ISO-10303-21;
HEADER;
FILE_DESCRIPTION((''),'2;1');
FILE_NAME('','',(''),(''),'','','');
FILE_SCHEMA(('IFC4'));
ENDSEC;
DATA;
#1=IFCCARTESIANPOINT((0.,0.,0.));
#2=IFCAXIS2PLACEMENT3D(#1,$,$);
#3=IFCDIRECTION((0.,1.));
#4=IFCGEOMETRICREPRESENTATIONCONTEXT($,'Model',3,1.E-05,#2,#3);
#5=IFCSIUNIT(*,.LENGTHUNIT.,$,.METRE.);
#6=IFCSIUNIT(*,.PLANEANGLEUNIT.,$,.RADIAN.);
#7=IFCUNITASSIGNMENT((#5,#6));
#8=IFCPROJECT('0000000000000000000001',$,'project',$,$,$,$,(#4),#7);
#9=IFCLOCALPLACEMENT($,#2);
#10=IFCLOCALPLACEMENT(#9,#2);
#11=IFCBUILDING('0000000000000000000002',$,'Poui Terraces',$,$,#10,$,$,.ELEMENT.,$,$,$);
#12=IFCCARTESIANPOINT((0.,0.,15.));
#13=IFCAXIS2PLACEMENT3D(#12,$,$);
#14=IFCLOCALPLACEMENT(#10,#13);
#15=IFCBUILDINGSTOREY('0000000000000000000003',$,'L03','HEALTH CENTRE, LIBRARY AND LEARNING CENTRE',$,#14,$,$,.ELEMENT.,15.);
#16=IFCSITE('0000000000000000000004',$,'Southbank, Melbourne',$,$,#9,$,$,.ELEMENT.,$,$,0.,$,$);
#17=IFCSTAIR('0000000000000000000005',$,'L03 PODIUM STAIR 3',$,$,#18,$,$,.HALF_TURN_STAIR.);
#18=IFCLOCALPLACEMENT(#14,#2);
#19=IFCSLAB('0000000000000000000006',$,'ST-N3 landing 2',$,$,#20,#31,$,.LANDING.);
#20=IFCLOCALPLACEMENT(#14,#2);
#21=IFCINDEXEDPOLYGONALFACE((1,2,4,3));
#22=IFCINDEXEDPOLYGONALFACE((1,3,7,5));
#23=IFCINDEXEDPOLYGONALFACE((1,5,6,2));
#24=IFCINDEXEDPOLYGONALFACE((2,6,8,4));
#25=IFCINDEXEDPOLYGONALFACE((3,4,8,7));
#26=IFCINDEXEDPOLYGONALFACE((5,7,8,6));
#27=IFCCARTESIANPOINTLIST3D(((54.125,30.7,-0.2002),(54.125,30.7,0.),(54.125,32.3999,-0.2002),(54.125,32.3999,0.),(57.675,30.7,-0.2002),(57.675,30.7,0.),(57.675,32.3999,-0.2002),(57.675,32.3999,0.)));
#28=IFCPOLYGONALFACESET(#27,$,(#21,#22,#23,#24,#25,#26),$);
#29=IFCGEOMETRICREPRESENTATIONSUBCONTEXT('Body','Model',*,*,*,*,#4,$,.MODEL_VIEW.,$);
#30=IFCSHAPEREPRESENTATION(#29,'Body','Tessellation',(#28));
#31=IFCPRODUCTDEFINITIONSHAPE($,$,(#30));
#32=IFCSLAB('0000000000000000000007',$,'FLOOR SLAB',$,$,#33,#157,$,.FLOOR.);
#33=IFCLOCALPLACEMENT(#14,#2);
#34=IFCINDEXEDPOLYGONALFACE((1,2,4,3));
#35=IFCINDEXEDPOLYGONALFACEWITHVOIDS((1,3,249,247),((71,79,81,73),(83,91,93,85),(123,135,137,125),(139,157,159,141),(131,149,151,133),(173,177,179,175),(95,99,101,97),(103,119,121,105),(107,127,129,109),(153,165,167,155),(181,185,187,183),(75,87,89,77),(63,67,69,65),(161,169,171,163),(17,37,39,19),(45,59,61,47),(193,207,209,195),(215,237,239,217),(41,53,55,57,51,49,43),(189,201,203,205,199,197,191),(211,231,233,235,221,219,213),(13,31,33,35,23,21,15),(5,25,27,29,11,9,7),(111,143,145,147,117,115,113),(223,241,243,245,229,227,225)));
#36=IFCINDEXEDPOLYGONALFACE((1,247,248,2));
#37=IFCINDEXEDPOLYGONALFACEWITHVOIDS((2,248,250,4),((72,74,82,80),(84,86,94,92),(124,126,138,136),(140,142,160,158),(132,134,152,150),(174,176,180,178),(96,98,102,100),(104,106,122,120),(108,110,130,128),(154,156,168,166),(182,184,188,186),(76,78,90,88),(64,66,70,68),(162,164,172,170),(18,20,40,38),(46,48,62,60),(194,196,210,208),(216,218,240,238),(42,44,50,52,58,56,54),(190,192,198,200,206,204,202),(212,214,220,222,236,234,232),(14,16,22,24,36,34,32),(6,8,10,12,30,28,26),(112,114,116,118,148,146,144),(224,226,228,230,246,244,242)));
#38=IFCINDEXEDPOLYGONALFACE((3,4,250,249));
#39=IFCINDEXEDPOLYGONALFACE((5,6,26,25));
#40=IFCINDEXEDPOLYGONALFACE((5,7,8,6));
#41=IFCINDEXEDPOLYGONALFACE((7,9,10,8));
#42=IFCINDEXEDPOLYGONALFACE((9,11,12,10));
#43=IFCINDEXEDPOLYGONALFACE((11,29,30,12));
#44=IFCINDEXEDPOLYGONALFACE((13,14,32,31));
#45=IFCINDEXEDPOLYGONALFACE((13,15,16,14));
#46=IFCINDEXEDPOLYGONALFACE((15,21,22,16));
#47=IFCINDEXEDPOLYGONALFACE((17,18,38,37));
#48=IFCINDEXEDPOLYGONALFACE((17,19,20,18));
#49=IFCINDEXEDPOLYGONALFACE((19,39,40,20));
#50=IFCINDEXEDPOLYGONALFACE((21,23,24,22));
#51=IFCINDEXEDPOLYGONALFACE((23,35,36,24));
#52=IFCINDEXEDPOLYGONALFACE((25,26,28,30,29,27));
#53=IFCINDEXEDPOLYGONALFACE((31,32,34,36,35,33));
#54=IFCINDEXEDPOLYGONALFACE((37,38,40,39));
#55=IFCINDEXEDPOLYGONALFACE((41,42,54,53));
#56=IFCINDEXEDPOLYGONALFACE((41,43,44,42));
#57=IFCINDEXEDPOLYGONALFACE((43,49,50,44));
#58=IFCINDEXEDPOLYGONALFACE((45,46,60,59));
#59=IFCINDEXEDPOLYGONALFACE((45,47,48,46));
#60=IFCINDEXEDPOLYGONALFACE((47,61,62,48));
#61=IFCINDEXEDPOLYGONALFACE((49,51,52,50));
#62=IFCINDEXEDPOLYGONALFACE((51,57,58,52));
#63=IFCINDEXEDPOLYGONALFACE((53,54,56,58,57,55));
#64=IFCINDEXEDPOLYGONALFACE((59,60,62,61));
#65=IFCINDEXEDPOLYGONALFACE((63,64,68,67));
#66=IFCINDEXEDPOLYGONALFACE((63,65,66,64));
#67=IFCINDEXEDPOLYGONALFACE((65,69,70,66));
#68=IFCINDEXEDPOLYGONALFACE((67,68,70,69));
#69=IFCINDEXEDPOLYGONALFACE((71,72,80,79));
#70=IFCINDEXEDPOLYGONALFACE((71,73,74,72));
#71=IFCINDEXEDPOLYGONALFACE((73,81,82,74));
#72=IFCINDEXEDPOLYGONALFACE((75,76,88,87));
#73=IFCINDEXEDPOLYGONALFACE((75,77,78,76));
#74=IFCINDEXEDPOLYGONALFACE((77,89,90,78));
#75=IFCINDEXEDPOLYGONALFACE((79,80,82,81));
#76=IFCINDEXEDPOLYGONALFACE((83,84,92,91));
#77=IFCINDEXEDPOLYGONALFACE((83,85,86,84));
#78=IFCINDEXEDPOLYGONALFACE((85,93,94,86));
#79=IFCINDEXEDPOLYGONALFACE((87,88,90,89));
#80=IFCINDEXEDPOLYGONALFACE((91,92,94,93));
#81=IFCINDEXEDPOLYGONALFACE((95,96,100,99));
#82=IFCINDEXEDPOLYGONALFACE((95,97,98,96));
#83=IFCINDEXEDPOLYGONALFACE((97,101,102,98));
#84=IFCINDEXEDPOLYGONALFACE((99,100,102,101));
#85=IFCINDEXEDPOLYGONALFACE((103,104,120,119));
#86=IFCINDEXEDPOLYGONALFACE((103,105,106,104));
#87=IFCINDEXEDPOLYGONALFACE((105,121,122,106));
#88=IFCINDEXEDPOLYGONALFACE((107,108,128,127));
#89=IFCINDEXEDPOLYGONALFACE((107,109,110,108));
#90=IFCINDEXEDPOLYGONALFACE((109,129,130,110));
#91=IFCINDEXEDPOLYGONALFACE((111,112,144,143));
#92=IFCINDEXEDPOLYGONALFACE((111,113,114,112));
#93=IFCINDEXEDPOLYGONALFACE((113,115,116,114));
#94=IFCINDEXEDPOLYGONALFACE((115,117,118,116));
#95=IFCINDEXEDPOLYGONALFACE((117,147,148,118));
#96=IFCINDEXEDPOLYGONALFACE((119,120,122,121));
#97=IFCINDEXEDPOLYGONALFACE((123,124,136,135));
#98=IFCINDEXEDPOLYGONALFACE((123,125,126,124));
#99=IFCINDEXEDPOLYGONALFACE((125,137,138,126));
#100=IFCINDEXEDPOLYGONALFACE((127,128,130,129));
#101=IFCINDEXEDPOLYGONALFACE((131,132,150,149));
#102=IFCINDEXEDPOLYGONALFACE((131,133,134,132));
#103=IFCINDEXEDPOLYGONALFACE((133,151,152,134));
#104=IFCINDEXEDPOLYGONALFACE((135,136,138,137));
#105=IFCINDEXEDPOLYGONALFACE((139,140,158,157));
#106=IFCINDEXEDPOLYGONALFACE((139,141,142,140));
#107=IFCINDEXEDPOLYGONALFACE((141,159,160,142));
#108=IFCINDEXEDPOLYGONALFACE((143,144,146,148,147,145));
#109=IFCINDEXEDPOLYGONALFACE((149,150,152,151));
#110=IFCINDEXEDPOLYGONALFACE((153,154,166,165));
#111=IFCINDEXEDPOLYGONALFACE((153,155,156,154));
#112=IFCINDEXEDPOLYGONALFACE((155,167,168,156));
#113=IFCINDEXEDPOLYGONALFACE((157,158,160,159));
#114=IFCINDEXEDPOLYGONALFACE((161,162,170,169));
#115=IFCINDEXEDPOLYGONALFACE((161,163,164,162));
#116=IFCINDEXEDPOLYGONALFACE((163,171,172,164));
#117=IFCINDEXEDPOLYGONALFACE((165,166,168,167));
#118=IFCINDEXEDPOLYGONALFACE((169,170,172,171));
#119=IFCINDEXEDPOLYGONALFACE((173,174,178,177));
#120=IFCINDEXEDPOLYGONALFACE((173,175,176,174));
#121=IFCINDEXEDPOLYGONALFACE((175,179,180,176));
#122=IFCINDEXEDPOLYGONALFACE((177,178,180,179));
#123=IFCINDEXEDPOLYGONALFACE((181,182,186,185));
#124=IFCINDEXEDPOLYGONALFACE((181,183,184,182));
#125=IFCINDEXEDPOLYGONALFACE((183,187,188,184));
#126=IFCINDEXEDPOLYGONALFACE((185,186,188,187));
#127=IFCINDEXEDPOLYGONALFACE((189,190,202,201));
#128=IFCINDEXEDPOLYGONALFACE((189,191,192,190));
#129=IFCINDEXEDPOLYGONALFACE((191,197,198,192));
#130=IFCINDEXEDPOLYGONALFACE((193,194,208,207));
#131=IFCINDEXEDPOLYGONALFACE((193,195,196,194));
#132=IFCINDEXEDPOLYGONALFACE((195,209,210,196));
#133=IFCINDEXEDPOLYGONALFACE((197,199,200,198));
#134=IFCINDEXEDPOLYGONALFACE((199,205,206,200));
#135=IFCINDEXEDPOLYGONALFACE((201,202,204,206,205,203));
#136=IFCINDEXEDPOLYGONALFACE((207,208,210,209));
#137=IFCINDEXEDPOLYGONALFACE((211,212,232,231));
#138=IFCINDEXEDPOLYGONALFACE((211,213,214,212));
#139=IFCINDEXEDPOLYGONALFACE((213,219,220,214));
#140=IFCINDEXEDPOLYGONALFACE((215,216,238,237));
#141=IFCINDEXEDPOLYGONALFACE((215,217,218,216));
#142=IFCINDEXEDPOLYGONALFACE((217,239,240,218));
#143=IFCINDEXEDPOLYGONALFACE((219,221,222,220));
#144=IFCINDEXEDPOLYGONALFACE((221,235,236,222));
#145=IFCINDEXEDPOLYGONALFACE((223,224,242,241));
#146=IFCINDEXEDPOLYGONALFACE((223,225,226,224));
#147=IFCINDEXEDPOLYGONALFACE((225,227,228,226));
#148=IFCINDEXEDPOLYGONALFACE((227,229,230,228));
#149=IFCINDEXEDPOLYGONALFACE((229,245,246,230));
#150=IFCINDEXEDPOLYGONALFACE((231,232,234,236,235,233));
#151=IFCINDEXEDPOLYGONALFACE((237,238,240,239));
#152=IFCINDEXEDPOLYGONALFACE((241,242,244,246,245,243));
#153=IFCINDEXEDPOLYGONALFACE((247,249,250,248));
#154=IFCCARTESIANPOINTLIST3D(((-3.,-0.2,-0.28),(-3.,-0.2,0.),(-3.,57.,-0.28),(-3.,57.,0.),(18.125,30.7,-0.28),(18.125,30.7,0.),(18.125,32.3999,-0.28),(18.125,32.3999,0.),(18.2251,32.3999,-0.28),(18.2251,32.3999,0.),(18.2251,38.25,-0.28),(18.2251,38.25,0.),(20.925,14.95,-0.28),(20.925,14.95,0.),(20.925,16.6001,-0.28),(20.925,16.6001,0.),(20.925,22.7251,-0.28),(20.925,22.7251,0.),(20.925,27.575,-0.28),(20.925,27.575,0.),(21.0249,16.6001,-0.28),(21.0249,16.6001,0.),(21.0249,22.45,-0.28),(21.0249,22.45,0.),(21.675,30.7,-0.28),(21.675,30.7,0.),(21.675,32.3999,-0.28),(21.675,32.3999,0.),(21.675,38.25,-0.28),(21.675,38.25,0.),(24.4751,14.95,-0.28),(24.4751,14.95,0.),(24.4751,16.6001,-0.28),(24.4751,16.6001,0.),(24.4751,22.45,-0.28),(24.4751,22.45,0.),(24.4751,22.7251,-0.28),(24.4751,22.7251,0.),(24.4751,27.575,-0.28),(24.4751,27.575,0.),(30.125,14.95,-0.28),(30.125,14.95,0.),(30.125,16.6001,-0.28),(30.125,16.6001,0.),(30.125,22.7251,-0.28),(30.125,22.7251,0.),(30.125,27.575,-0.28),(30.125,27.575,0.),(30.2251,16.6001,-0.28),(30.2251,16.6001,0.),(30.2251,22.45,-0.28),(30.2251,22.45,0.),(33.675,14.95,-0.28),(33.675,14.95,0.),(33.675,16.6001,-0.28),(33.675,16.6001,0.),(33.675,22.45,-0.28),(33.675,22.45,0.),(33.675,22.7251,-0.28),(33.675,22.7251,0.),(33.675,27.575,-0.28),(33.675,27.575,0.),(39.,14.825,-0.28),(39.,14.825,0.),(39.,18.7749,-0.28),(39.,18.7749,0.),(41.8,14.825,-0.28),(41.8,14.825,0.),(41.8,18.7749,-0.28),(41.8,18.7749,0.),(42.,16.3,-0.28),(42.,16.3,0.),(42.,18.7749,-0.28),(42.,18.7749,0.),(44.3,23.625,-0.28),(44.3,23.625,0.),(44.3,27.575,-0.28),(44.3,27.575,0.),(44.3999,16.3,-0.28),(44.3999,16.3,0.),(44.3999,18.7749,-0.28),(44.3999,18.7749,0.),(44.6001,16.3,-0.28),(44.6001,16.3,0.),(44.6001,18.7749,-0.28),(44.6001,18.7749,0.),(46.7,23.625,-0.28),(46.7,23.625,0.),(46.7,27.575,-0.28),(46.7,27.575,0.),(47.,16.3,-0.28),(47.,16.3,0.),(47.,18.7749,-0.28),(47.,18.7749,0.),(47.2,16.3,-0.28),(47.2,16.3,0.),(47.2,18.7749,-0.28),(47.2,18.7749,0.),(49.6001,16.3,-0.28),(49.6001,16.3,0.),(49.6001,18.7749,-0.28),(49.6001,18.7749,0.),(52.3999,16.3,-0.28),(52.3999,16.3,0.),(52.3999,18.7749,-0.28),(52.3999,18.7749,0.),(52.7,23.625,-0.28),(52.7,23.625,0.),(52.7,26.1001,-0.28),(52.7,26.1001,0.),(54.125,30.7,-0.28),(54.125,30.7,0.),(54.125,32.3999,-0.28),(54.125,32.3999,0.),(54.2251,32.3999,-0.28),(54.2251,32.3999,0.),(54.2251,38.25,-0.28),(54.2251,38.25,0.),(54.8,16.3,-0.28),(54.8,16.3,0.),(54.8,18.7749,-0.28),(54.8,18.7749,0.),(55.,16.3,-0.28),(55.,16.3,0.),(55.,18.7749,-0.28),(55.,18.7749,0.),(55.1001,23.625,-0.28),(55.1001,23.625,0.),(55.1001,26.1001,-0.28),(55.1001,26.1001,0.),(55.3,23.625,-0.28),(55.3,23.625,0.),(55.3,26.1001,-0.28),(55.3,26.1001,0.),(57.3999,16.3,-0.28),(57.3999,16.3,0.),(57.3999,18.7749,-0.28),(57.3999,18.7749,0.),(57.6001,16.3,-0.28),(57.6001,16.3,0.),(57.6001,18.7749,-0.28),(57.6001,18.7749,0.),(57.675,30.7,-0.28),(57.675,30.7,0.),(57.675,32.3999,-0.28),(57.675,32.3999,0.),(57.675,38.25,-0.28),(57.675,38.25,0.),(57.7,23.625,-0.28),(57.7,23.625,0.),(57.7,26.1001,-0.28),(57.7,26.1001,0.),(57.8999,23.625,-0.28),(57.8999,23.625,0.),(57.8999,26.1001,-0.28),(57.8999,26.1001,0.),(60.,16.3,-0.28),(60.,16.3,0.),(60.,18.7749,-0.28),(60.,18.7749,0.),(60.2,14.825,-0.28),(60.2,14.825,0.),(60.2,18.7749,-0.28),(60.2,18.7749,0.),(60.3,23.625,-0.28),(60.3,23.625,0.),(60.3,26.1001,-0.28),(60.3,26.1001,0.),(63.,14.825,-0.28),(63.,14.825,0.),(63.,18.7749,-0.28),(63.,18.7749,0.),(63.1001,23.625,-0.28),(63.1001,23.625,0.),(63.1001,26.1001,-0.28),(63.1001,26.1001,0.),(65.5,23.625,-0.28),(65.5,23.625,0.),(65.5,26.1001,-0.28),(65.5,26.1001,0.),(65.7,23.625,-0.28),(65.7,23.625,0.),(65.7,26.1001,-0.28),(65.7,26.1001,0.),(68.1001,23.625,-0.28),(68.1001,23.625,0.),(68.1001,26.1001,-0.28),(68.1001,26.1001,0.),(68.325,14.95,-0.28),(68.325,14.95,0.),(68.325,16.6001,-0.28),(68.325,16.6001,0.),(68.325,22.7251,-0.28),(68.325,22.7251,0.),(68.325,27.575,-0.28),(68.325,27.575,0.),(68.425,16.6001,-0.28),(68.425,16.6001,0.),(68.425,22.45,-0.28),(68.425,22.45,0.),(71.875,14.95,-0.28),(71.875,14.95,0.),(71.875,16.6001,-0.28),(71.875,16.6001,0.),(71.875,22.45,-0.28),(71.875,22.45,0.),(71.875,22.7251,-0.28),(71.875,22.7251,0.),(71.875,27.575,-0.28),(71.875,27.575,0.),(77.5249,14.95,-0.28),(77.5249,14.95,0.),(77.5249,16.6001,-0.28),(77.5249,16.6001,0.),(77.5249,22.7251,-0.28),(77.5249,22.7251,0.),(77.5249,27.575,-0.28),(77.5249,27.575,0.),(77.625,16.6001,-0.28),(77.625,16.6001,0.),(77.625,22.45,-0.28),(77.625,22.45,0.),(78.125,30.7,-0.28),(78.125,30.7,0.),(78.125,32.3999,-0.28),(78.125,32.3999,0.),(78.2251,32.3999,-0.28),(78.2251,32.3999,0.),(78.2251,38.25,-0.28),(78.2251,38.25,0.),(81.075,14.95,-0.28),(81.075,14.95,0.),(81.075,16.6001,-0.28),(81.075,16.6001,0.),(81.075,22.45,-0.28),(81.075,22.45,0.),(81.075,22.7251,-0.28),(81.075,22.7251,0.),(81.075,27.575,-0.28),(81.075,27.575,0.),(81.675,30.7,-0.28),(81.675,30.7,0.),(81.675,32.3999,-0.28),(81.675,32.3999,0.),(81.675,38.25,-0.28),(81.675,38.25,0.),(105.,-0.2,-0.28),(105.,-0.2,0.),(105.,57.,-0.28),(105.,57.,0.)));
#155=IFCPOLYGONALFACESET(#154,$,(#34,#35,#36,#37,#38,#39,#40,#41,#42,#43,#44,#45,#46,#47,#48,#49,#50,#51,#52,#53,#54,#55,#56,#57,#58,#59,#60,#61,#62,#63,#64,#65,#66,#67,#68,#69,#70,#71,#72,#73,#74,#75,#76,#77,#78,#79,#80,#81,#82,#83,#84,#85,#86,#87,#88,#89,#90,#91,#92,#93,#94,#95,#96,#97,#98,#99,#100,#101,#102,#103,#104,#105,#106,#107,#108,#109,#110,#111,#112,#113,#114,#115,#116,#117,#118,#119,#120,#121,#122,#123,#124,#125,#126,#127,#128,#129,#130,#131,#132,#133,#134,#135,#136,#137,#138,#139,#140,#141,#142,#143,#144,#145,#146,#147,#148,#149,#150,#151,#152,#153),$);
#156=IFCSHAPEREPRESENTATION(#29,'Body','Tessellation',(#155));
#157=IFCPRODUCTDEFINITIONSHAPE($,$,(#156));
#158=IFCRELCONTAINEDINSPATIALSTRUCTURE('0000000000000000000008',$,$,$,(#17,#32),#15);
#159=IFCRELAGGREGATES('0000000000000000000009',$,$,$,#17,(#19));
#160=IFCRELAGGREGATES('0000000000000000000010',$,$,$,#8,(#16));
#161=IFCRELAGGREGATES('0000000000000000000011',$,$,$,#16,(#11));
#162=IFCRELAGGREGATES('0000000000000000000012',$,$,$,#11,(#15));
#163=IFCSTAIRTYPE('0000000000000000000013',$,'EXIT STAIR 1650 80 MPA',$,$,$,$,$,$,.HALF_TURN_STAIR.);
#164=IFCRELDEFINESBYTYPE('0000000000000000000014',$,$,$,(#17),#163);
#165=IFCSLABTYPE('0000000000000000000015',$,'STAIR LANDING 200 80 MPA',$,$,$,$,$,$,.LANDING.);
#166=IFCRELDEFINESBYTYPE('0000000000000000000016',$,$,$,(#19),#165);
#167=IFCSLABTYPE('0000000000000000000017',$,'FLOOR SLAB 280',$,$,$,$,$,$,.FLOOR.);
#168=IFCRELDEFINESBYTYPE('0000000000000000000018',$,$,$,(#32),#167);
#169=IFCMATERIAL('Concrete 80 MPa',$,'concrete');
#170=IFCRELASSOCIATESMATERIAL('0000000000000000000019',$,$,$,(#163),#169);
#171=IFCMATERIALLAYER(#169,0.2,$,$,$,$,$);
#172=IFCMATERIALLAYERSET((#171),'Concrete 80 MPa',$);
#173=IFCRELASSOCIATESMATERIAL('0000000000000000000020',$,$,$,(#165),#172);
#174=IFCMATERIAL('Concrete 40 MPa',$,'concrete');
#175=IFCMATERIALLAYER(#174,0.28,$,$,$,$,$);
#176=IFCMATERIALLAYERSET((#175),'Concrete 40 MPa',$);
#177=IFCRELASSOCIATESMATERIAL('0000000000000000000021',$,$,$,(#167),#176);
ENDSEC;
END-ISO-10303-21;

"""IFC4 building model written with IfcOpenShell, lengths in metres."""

from ifc_helpers import new_model, si_unit, direction, frame, origin, place, context, subcontext, project, spatial, polyline, outline, extrude, source, transform, mapped, material, layer, layer_set, type_object, element, aggregate, save


model = new_model("IFC4")

# Units and contexts
model_context = context("Model", 3, precision=1e-05, world=origin(), true_north=direction((0.0, 1.0)))
body_context = subcontext(model_context, "Body", "Model", "MODEL_VIEW")
ifc_project = project(units=[si_unit("LENGTHUNIT", "METRE"), si_unit("PLANEANGLEUNIT", "RADIAN")], contexts=[model_context])

# Site, building, storey
site_placement = place(None, origin())
site = spatial("IfcSite", under=ifc_project, at=site_placement, Name="Southbank, Melbourne", CompositionType="ELEMENT", RefElevation=0.0)
building_placement = place(site_placement, origin())
building = spatial("IfcBuilding", under=site, at=building_placement, Name="Poui Terraces", CompositionType="ELEMENT")
storey_placement = place(building_placement, frame((0.0, 0.0, 15.0)))
storey = spatial("IfcBuildingStorey", under=building, at=storey_placement, Name="L03", Description="HEALTH CENTRE, LIBRARY AND LEARNING CENTRE", CompositionType="ELEMENT", Elevation=15.0)

# Shared definitions
ifc_material_1 = material(Name="Concrete 80 MPa", Category="concrete")

# Stair, slab
stair_type = type_object("IfcStairType", Name="EXIT STAIR 1650 80 MPA", PredefinedType="HALF_TURN_STAIR", material=ifc_material_1)
ifc_layer_1 = layer(ifc_material_1, 0.2)
ifc_layer_set_1 = layer_set([ifc_layer_1], Name="Concrete 80 MPa")
slab_type_1 = type_object("IfcSlabType", Name="STAIR LANDING 200 80 MPA", PredefinedType="LANDING", material=ifc_layer_set_1)
stair_1_placement = place(storey_placement, origin())
stair_1 = element("IfcStair", 1, at=stair_1_placement, inside=storey, type_object=stair_type, Name="L03 PODIUM STAIR 3", PredefinedType="HALF_TURN_STAIR")
slab_1_placement = place(storey_placement, frame((0.0, 0.0, -0.2002)))
slab_1 = element("IfcSlab", 2, at=slab_1_placement, type_object=slab_type_1, Name="ST-N3 landing 2", PredefinedType="LANDING", context=body_context, shape_type="SweptSolid", body=[
    extrude(outline(polyline([(54.125, 30.7), (57.675, 30.7), (57.675, 32.3999), (54.125, 32.3999), (54.125, 30.7)])), origin(), (0.0, 0.0, 1.0), 0.2002),
])
aggregate(stair_1, [slab_1])

# Slab
ifc_material_2 = material(Name="Concrete 40 MPa", Category="concrete")
ifc_layer_2 = layer(ifc_material_2, 0.28)
ifc_layer_set_2 = layer_set([ifc_layer_2], Name="Concrete 40 MPa")
slab_type_2 = type_object("IfcSlabType", Name="FLOOR SLAB 280", PredefinedType="FLOOR", material=ifc_layer_set_2)
shared_shape_1 = source(origin(), body_context, "Body", "SweptSolid", [
    extrude(outline(polyline([(0.0, 0.0), (108.0, 0.0), (108.0, 57.2), (0.0, 57.2), (0.0, 0.0)]), holes=[polyline([(42.0, 15.0249), (42.0, 18.9749), (44.8, 18.9749), (44.8, 15.0249), (42.0, 15.0249)]), polyline([(45.0, 18.9749), (47.3999, 18.9749), (47.3999, 16.5), (45.0, 16.5), (45.0, 18.9749)]), polyline([(47.6001, 18.9749), (50.0, 18.9749), (50.0, 16.5), (47.6001, 16.5), (47.6001, 18.9749)]), polyline([(50.2, 16.5), (50.2, 18.9749), (52.6001, 18.9749), (52.6001, 16.5), (50.2, 16.5)]), polyline([(55.3999, 18.9749), (57.8, 18.9749), (57.8, 16.5), (55.3999, 16.5), (55.3999, 18.9749)]), polyline([(27.4751, 22.6499), (27.4751, 16.8), (27.4751, 15.1499), (23.925, 15.1499), (23.925, 16.8), (24.0249, 16.8), (24.0249, 22.6499), (27.4751, 22.6499)]), polyline([(33.2251, 22.6499), (36.675, 22.6499), (36.675, 16.8), (36.675, 15.1499), (33.125, 15.1499), (33.125, 16.8), (33.2251, 16.8), (33.2251, 22.6499)]), polyline([(55.7, 26.3), (58.1001, 26.3), (58.1001, 23.825), (55.7, 23.825), (55.7, 26.3)]), polyline([(23.925, 27.7749), (27.4751, 27.7749), (27.4751, 22.925), (23.925, 22.925), (23.925, 27.7749)]), polyline([(33.125, 22.925), (33.125, 27.7749), (36.675, 27.7749), (36.675, 22.925), (33.125, 22.925)]), polyline([(47.3, 27.7749), (49.7, 27.7749), (49.7, 23.825), (47.3, 23.825), (47.3, 27.7749)]), polyline([(24.675, 38.45), (24.675, 32.5999), (24.675, 30.8999), (21.125, 30.8999), (21.125, 32.5999), (21.2251, 32.5999), (21.2251, 38.45), (24.675, 38.45)]), polyline([(57.2251, 38.45), (60.675, 38.45), (60.675, 32.5999), (60.675, 30.8999), (57.125, 30.8999), (57.125, 32.5999), (57.2251, 32.5999), (57.2251, 38.45)]), polyline([(63.2, 18.9749), (66.0, 18.9749), (66.0, 15.0249), (63.2, 15.0249), (63.2, 18.9749)]), polyline([(58.0, 18.9749), (60.3999, 18.9749), (60.3999, 16.5), (58.0, 16.5), (58.0, 18.9749)]), polyline([(60.6001, 16.5), (60.6001, 18.9749), (63.0, 18.9749), (63.0, 16.5), (60.6001, 16.5)]), polyline([(74.875, 22.6499), (74.875, 16.8), (74.875, 15.1499), (71.325, 15.1499), (71.325, 16.8), (71.425, 16.8), (71.425, 22.6499), (74.875, 22.6499)]), polyline([(84.075, 22.6499), (84.075, 16.8), (84.075, 15.1499), (80.5249, 15.1499), (80.5249, 16.8), (80.625, 16.8), (80.625, 22.6499), (84.075, 22.6499)]), polyline([(58.3, 23.825), (58.3, 26.3), (60.7, 26.3), (60.7, 23.825), (58.3, 23.825)]), polyline([(60.8999, 26.3), (63.3, 26.3), (63.3, 23.825), (60.8999, 23.825), (60.8999, 26.3)]), polyline([(66.1001, 26.3), (68.5, 26.3), (68.5, 23.825), (66.1001, 23.825), (66.1001, 26.3)]), polyline([(68.7, 26.3), (71.1001, 26.3), (71.1001, 23.825), (68.7, 23.825), (68.7, 26.3)]), polyline([(71.325, 27.7749), (74.875, 27.7749), (74.875, 22.925), (71.325, 22.925), (71.325, 27.7749)]), polyline([(80.5249, 27.7749), (84.075, 27.7749), (84.075, 22.925), (80.5249, 22.925), (80.5249, 27.7749)]), polyline([(84.675, 38.45), (84.675, 32.5999), (84.675, 30.8999), (81.125, 30.8999), (81.125, 32.5999), (81.2251, 32.5999), (81.2251, 38.45), (84.675, 38.45)])]), origin(), (0.0, 0.0, 1.0), 0.28),
])
slab_2_placement = place(storey_placement, frame((-3.0, -0.2, -0.28)))
element("IfcSlab", 3, at=slab_2_placement, inside=storey, type_object=slab_type_2, Name="FLOOR SLAB", PredefinedType="FLOOR", context=body_context, shape_type="MappedRepresentation", body=[
    mapped(shared_shape_1, transform((0.0, 0.0, 0.0))),
])

save(model, "model.ifc")
